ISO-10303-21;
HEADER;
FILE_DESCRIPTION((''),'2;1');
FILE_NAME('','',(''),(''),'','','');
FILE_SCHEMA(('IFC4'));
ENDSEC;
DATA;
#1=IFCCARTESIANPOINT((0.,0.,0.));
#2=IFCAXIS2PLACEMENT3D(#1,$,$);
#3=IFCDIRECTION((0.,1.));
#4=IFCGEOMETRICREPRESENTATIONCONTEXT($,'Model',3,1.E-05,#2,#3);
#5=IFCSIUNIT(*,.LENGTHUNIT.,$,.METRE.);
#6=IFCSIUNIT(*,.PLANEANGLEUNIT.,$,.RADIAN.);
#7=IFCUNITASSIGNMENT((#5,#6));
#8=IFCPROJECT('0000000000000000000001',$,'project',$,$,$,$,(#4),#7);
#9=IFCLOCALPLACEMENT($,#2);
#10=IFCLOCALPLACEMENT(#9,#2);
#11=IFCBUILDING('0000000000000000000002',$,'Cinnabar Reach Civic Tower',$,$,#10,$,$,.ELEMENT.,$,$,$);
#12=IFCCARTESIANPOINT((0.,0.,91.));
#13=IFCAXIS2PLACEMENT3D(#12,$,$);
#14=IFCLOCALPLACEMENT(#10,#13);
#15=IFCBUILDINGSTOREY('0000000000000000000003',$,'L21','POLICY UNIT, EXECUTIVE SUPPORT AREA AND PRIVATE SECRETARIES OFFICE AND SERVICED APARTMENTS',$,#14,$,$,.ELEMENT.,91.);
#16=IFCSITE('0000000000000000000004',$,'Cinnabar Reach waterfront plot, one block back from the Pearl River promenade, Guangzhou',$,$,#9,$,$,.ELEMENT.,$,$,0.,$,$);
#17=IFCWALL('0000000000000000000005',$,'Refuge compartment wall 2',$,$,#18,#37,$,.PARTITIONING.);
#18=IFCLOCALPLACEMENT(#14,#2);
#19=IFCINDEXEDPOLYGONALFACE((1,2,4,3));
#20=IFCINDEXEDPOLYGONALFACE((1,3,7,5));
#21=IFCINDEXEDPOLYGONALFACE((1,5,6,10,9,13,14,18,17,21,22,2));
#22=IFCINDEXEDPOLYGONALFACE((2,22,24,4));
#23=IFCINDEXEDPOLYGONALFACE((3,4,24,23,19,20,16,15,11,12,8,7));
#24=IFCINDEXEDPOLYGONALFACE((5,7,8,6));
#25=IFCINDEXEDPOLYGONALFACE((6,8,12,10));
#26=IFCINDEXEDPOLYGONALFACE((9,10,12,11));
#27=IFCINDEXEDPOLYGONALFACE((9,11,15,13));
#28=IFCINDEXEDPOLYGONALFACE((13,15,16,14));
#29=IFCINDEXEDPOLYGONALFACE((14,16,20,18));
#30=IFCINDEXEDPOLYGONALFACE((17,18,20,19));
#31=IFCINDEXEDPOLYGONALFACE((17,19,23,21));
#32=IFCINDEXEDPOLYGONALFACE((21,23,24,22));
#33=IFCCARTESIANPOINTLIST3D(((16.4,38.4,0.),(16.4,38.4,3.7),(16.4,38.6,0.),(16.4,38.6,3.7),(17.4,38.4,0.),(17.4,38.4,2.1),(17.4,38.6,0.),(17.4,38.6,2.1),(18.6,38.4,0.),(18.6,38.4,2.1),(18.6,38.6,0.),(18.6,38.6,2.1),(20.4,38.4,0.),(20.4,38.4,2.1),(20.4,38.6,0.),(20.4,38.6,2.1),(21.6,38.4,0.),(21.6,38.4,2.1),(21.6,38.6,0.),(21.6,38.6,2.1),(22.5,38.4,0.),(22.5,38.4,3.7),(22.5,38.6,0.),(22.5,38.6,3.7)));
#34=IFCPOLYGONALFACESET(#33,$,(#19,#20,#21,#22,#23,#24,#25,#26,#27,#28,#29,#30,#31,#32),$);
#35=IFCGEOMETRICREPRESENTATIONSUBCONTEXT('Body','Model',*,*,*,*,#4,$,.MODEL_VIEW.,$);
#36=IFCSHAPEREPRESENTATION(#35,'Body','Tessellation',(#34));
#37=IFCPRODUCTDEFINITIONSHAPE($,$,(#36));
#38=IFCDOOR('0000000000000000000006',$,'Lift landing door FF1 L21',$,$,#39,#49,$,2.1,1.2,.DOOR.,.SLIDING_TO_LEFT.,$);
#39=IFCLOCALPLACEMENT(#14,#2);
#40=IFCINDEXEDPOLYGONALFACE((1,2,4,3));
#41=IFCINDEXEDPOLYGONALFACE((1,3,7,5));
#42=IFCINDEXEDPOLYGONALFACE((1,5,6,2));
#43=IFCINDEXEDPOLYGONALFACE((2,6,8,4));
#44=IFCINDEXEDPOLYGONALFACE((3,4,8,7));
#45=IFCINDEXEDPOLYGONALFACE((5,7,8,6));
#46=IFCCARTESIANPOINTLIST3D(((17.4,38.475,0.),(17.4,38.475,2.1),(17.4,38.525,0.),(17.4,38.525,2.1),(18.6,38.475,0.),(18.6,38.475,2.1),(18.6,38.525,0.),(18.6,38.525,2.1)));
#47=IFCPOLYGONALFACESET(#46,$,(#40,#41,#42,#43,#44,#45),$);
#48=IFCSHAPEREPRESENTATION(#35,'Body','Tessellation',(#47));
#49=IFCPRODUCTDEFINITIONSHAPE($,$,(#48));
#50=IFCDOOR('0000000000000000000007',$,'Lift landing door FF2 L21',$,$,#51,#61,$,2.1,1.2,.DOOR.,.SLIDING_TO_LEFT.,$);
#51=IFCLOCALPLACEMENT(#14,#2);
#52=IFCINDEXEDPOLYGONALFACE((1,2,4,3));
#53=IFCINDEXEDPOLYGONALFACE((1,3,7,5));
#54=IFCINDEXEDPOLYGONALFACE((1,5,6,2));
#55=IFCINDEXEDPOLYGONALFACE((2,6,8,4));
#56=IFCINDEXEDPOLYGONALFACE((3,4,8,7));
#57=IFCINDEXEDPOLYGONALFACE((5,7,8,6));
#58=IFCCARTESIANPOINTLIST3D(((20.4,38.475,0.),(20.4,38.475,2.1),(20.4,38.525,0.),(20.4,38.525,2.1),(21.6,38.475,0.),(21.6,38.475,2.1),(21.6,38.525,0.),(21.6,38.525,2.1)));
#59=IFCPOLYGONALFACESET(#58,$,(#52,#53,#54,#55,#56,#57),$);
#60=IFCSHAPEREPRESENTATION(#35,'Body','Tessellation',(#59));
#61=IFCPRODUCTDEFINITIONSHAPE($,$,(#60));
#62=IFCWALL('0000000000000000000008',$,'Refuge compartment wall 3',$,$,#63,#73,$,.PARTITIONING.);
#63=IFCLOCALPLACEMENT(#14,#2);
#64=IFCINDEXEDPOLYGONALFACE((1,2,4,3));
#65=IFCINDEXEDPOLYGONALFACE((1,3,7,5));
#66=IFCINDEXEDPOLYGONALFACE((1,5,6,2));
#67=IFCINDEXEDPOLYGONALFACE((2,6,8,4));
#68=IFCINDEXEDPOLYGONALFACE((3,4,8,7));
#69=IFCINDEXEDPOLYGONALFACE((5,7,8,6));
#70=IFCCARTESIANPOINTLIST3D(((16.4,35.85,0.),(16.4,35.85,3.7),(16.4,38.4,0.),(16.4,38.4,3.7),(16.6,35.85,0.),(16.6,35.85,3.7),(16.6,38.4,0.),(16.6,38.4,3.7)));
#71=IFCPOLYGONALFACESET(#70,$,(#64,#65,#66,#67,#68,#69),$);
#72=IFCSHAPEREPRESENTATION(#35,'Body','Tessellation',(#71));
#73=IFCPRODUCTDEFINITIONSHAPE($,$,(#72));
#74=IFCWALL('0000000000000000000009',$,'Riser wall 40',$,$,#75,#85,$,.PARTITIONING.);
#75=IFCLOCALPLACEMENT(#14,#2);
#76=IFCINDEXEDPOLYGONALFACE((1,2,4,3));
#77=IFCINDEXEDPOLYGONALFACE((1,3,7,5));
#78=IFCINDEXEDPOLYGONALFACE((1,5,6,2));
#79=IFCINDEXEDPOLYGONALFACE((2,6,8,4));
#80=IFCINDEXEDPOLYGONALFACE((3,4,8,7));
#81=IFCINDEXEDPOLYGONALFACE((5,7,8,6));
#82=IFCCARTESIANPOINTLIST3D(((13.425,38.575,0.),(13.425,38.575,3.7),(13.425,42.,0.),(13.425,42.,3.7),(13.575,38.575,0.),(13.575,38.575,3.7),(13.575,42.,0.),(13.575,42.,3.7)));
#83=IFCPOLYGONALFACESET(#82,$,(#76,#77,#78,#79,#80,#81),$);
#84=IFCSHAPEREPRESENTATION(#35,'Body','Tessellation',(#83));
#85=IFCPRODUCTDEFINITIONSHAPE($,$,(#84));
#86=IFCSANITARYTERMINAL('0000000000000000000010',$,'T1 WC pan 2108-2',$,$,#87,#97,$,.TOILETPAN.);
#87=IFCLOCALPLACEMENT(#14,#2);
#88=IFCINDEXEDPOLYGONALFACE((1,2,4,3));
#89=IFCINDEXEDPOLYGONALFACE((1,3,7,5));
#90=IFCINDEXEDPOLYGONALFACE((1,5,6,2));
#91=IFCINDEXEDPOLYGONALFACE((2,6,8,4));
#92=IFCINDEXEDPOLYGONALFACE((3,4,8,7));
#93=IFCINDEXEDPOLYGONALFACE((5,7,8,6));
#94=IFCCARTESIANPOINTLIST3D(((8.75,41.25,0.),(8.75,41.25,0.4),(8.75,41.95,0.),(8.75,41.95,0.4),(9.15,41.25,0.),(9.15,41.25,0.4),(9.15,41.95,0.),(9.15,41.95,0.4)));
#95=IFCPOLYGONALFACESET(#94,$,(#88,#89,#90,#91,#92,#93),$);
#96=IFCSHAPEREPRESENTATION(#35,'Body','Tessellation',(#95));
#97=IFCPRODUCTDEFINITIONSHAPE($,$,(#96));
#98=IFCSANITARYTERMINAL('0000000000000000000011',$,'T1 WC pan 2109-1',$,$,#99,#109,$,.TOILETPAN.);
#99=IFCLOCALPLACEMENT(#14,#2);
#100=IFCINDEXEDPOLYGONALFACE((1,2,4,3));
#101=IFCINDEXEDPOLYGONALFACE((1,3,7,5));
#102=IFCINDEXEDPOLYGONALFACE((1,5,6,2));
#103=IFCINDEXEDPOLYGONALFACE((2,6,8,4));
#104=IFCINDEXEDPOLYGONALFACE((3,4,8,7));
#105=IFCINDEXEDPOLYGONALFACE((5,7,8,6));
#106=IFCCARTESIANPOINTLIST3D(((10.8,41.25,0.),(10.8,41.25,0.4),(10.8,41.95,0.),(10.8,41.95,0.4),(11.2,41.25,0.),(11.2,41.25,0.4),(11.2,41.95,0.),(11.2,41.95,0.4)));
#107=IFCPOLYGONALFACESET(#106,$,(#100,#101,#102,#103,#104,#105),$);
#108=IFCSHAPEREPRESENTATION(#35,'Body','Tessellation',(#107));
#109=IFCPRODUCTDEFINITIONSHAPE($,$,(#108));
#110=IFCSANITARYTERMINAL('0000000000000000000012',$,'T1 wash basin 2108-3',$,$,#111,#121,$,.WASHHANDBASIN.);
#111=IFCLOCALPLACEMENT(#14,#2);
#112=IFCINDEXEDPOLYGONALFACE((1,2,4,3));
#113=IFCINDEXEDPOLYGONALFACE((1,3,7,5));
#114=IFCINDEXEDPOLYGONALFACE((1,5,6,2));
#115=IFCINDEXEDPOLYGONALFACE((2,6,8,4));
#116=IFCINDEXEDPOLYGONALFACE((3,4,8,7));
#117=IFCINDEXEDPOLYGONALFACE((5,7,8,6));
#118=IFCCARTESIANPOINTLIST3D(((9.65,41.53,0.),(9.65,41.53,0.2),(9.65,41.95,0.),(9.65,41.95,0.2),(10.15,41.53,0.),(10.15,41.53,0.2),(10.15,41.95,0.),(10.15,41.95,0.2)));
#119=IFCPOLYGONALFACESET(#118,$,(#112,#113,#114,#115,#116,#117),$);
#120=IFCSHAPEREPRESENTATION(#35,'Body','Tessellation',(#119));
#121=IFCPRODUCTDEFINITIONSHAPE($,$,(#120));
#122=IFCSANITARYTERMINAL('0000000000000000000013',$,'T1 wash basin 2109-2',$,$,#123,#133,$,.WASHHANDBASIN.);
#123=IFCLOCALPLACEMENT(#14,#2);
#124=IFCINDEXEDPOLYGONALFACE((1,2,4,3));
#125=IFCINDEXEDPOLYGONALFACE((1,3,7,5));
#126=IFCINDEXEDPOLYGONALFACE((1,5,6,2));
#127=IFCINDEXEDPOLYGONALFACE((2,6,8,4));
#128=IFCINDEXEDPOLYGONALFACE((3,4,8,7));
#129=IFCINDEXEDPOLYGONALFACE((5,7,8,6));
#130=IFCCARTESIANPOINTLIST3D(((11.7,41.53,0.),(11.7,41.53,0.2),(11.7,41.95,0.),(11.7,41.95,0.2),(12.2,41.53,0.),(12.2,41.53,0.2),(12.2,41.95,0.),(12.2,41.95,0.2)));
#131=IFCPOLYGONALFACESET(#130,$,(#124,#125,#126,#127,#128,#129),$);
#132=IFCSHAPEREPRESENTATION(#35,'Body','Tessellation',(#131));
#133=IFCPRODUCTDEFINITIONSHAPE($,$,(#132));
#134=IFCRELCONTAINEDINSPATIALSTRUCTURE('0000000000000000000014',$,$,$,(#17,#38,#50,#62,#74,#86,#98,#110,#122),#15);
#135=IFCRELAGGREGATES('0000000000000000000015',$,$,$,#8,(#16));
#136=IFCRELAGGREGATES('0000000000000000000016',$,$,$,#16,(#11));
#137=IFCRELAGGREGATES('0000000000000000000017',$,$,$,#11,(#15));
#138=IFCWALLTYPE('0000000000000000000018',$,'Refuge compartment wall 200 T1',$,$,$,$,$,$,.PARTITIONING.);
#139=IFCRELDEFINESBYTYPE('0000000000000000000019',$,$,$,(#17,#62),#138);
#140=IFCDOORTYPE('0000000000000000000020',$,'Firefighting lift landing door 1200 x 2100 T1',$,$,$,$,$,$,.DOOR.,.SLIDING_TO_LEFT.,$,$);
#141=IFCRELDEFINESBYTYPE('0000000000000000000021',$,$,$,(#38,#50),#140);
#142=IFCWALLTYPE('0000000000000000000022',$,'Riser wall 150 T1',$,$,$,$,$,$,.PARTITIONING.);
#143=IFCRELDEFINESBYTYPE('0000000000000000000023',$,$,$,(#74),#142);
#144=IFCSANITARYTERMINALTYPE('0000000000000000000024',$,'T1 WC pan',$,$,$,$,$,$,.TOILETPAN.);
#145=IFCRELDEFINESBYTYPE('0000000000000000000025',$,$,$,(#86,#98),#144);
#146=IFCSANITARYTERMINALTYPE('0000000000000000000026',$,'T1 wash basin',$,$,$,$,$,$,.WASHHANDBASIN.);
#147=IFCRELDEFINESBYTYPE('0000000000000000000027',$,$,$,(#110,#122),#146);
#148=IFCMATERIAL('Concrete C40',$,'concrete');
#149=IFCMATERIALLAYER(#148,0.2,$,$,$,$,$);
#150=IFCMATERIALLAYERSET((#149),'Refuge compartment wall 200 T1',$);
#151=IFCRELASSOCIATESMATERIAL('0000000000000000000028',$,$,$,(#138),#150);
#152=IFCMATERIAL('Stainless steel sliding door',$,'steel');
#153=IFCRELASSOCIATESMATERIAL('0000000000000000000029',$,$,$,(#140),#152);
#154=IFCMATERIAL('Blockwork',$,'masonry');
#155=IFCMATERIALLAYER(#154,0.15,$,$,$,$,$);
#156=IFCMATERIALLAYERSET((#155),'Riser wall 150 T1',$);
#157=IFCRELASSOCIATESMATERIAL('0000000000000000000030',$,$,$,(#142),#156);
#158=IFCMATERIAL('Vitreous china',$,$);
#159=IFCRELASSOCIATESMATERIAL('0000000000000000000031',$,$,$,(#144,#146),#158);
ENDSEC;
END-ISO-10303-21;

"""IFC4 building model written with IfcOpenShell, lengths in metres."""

from ifc_helpers import new_model, si_unit, direction, frame, frame_2d, origin, origin_2d, place, context, subcontext, project, spatial, rectangle, extrude, material, layer, layer_set, type_object, element, fill, save


model = new_model("IFC4")

# Units and contexts
model_context = context("Model", 3, precision=1e-05, world=origin(), true_north=direction((0.0, 1.0)))
body_context = subcontext(model_context, "Body", "Model", "MODEL_VIEW")
ifc_project = project(units=[si_unit("LENGTHUNIT", "METRE"), si_unit("PLANEANGLEUNIT", "RADIAN")], contexts=[model_context])

# Site, building, storey
site_placement = place(None, origin())
site = spatial("IfcSite", under=ifc_project, at=site_placement, Name="Cinnabar Reach waterfront plot, one block back from the Pearl River promenade, Guangzhou", CompositionType="ELEMENT", RefElevation=0.0)
building_placement = place(site_placement, origin())
building = spatial("IfcBuilding", under=site, at=building_placement, Name="Cinnabar Reach Civic Tower", CompositionType="ELEMENT")
storey_placement = place(building_placement, frame((0.0, 0.0, 91.0)))
storey = spatial("IfcBuildingStorey", under=building, at=storey_placement, Name="L21", Description="POLICY UNIT, EXECUTIVE SUPPORT AREA AND PRIVATE SECRETARIES OFFICE AND SERVICED APARTMENTS", CompositionType="ELEMENT", Elevation=91.0)

# Shared definitions
ifc_material_1 = material(Name="Blockwork", Category="masonry")
ifc_material_2 = material(Name="Concrete C40", Category="concrete")
ifc_layer_1 = layer(ifc_material_2, 0.2)
ifc_layer_set_1 = layer_set([ifc_layer_1], Name="Refuge compartment wall 200 T1")
wall_type_1 = type_object("IfcWallType", Name="Refuge compartment wall 200 T1", PredefinedType="PARTITIONING", material=ifc_layer_set_1)

# Wall, openings, doors
wall_1_placement = place(storey_placement, frame((16.4, 38.5, 0.0), z_axis=(0.0, 0.0, 1.0), x_axis=(1.0, 0.0, 0.0)))
wall_1 = element("IfcWall", 1, at=wall_1_placement, inside=storey, type_object=wall_type_1, Name="Refuge compartment wall 2", PredefinedType="PARTITIONING", context=body_context, shape_type="SweptSolid", body=[
    extrude(rectangle(XDim=6.1, YDim=0.2, at=frame_2d((3.05, 0.0))), origin(), (0.0, 0.0, 1.0), 3.7),
])
opening_1_placement = place(wall_1_placement, frame((1.0, 0.0, 0.0)))
opening_1 = element("IfcOpeningElement", 2, at=opening_1_placement, cuts=wall_1, PredefinedType="OPENING", context=body_context, shape_type="SweptSolid", body=[
    extrude(rectangle(XDim=1.2, YDim=2.1, at=frame_2d((0.6, 1.05))), frame((0.0, 0.11, 0.0), z_axis=(0.0, -1.0, 0.0), x_axis=(1.0, 0.0, 0.0)), (0.0, 0.0, 1.0), 0.22),
])
opening_2_placement = place(wall_1_placement, frame((4.0, 0.0, 0.0)))
opening_2 = element("IfcOpeningElement", 3, at=opening_2_placement, cuts=wall_1, PredefinedType="OPENING", context=body_context, shape_type="SweptSolid", body=[
    extrude(rectangle(XDim=1.2, YDim=2.1, at=frame_2d((0.6, 1.05))), frame((0.0, 0.11, 0.0), z_axis=(0.0, -1.0, 0.0), x_axis=(1.0, 0.0, 0.0)), (0.0, 0.0, 1.0), 0.22),
])
ifc_material_3 = material(Name="Stainless steel sliding door", Category="steel")
door_type = type_object("IfcDoorType", Name="Firefighting lift landing door 1200 x 2100 T1", OperationType="SLIDING_TO_LEFT", PredefinedType="DOOR", material=ifc_material_3)
door_1_placement = place(opening_1_placement, origin())
door_1 = element("IfcDoor", 4, at=door_1_placement, inside=storey, type_object=door_type, Name="Lift landing door FF1 L21", OperationType="SLIDING_TO_LEFT", OverallHeight=2.1, OverallWidth=1.2, PredefinedType="DOOR", context=body_context, shape_type="SweptSolid", body=[
    extrude(rectangle(XDim=1.2, YDim=2.1, at=frame_2d((0.6, 1.05))), frame((0.0, 0.025, 0.0), z_axis=(0.0, -1.0, 0.0), x_axis=(1.0, 0.0, 0.0)), (0.0, 0.0, 1.0), 0.05),
])
fill(opening_1, door_1)
door_2_placement = place(opening_2_placement, origin())
door_2 = element("IfcDoor", 5, at=door_2_placement, inside=storey, type_object=door_type, Name="Lift landing door FF2 L21", OperationType="SLIDING_TO_LEFT", OverallHeight=2.1, OverallWidth=1.2, PredefinedType="DOOR", context=body_context, shape_type="SweptSolid", body=[
    extrude(rectangle(XDim=1.2, YDim=2.1, at=frame_2d((0.6, 1.05))), frame((0.0, 0.025, 0.0), z_axis=(0.0, -1.0, 0.0), x_axis=(1.0, 0.0, 0.0)), (0.0, 0.0, 1.0), 0.05),
])
fill(opening_2, door_2)

# Walls
wall_2_placement = place(storey_placement, frame((16.5, 35.85, 0.0), z_axis=(0.0, 0.0, 1.0), x_axis=(0.0, 1.0, 0.0)))
element("IfcWall", 6, at=wall_2_placement, inside=storey, type_object=wall_type_1, Name="Refuge compartment wall 3", PredefinedType="PARTITIONING", context=body_context, shape_type="SweptSolid", body=[
    extrude(rectangle(XDim=2.55, YDim=0.2, at=frame_2d((1.275, 0.0))), origin(), (0.0, 0.0, 1.0), 3.7),
])
ifc_layer_2 = layer(ifc_material_1, 0.15)
ifc_layer_set_2 = layer_set([ifc_layer_2], Name="Riser wall 150 T1")
wall_type_2 = type_object("IfcWallType", Name="Riser wall 150 T1", PredefinedType="PARTITIONING", material=ifc_layer_set_2)
wall_3_placement = place(storey_placement, frame((13.5, 38.575, 0.0), z_axis=(0.0, 0.0, 1.0), x_axis=(0.0, 1.0, 0.0)))
element("IfcWall", 7, at=wall_3_placement, inside=storey, type_object=wall_type_2, Name="Riser wall 40", PredefinedType="PARTITIONING", context=body_context, shape_type="SweptSolid", body=[
    extrude(rectangle(XDim=3.425, YDim=0.15, at=frame_2d((1.7125, 0.0))), origin(), (0.0, 0.0, 1.0), 3.7),
])

# Sanitary terminals
ifc_material_4 = material(Name="Vitreous china")
sanitary_terminal_type_1 = type_object("IfcSanitaryTerminalType", Name="T1 WC pan", PredefinedType="TOILETPAN", material=ifc_material_4)
for number, where, z_axis, x_axis, name in (
    (8, (8.95, 41.6, 0.0), (0.0, 0.0, 1.0), (1.0, 0.0, 0.0), "T1 WC pan 2108-2"),
    (9, (11.0, 41.6, 0.0), (0.0, 0.0, 1.0), (1.0, 0.0, 0.0), "T1 WC pan 2109-1"),
):
    element("IfcSanitaryTerminal", number, at=place(storey_placement, frame(where, z_axis=z_axis, x_axis=x_axis)), inside=storey, type_object=sanitary_terminal_type_1, Name=name, PredefinedType="TOILETPAN", context=body_context, shape_type="SweptSolid", body=[
        extrude(rectangle(XDim=0.4, YDim=0.7, at=origin_2d()), origin(), (0.0, 0.0, 1.0), 0.4),
    ])
sanitary_terminal_type_2 = type_object("IfcSanitaryTerminalType", Name="T1 wash basin", PredefinedType="WASHHANDBASIN", material=ifc_material_4)
for number, where, z_axis, x_axis, name in (
    (10, (9.9, 41.74, 0.0), (0.0, 0.0, 1.0), (1.0, 0.0, 0.0), "T1 wash basin 2108-3"),
    (11, (11.95, 41.74, 0.0), (0.0, 0.0, 1.0), (1.0, 0.0, 0.0), "T1 wash basin 2109-2"),
):
    element("IfcSanitaryTerminal", number, at=place(storey_placement, frame(where, z_axis=z_axis, x_axis=x_axis)), inside=storey, type_object=sanitary_terminal_type_2, Name=name, PredefinedType="WASHHANDBASIN", context=body_context, shape_type="SweptSolid", body=[
        extrude(rectangle(XDim=0.5, YDim=0.42, at=origin_2d()), origin(), (0.0, 0.0, 1.0), 0.2),
    ])

save(model, "model.ifc")
